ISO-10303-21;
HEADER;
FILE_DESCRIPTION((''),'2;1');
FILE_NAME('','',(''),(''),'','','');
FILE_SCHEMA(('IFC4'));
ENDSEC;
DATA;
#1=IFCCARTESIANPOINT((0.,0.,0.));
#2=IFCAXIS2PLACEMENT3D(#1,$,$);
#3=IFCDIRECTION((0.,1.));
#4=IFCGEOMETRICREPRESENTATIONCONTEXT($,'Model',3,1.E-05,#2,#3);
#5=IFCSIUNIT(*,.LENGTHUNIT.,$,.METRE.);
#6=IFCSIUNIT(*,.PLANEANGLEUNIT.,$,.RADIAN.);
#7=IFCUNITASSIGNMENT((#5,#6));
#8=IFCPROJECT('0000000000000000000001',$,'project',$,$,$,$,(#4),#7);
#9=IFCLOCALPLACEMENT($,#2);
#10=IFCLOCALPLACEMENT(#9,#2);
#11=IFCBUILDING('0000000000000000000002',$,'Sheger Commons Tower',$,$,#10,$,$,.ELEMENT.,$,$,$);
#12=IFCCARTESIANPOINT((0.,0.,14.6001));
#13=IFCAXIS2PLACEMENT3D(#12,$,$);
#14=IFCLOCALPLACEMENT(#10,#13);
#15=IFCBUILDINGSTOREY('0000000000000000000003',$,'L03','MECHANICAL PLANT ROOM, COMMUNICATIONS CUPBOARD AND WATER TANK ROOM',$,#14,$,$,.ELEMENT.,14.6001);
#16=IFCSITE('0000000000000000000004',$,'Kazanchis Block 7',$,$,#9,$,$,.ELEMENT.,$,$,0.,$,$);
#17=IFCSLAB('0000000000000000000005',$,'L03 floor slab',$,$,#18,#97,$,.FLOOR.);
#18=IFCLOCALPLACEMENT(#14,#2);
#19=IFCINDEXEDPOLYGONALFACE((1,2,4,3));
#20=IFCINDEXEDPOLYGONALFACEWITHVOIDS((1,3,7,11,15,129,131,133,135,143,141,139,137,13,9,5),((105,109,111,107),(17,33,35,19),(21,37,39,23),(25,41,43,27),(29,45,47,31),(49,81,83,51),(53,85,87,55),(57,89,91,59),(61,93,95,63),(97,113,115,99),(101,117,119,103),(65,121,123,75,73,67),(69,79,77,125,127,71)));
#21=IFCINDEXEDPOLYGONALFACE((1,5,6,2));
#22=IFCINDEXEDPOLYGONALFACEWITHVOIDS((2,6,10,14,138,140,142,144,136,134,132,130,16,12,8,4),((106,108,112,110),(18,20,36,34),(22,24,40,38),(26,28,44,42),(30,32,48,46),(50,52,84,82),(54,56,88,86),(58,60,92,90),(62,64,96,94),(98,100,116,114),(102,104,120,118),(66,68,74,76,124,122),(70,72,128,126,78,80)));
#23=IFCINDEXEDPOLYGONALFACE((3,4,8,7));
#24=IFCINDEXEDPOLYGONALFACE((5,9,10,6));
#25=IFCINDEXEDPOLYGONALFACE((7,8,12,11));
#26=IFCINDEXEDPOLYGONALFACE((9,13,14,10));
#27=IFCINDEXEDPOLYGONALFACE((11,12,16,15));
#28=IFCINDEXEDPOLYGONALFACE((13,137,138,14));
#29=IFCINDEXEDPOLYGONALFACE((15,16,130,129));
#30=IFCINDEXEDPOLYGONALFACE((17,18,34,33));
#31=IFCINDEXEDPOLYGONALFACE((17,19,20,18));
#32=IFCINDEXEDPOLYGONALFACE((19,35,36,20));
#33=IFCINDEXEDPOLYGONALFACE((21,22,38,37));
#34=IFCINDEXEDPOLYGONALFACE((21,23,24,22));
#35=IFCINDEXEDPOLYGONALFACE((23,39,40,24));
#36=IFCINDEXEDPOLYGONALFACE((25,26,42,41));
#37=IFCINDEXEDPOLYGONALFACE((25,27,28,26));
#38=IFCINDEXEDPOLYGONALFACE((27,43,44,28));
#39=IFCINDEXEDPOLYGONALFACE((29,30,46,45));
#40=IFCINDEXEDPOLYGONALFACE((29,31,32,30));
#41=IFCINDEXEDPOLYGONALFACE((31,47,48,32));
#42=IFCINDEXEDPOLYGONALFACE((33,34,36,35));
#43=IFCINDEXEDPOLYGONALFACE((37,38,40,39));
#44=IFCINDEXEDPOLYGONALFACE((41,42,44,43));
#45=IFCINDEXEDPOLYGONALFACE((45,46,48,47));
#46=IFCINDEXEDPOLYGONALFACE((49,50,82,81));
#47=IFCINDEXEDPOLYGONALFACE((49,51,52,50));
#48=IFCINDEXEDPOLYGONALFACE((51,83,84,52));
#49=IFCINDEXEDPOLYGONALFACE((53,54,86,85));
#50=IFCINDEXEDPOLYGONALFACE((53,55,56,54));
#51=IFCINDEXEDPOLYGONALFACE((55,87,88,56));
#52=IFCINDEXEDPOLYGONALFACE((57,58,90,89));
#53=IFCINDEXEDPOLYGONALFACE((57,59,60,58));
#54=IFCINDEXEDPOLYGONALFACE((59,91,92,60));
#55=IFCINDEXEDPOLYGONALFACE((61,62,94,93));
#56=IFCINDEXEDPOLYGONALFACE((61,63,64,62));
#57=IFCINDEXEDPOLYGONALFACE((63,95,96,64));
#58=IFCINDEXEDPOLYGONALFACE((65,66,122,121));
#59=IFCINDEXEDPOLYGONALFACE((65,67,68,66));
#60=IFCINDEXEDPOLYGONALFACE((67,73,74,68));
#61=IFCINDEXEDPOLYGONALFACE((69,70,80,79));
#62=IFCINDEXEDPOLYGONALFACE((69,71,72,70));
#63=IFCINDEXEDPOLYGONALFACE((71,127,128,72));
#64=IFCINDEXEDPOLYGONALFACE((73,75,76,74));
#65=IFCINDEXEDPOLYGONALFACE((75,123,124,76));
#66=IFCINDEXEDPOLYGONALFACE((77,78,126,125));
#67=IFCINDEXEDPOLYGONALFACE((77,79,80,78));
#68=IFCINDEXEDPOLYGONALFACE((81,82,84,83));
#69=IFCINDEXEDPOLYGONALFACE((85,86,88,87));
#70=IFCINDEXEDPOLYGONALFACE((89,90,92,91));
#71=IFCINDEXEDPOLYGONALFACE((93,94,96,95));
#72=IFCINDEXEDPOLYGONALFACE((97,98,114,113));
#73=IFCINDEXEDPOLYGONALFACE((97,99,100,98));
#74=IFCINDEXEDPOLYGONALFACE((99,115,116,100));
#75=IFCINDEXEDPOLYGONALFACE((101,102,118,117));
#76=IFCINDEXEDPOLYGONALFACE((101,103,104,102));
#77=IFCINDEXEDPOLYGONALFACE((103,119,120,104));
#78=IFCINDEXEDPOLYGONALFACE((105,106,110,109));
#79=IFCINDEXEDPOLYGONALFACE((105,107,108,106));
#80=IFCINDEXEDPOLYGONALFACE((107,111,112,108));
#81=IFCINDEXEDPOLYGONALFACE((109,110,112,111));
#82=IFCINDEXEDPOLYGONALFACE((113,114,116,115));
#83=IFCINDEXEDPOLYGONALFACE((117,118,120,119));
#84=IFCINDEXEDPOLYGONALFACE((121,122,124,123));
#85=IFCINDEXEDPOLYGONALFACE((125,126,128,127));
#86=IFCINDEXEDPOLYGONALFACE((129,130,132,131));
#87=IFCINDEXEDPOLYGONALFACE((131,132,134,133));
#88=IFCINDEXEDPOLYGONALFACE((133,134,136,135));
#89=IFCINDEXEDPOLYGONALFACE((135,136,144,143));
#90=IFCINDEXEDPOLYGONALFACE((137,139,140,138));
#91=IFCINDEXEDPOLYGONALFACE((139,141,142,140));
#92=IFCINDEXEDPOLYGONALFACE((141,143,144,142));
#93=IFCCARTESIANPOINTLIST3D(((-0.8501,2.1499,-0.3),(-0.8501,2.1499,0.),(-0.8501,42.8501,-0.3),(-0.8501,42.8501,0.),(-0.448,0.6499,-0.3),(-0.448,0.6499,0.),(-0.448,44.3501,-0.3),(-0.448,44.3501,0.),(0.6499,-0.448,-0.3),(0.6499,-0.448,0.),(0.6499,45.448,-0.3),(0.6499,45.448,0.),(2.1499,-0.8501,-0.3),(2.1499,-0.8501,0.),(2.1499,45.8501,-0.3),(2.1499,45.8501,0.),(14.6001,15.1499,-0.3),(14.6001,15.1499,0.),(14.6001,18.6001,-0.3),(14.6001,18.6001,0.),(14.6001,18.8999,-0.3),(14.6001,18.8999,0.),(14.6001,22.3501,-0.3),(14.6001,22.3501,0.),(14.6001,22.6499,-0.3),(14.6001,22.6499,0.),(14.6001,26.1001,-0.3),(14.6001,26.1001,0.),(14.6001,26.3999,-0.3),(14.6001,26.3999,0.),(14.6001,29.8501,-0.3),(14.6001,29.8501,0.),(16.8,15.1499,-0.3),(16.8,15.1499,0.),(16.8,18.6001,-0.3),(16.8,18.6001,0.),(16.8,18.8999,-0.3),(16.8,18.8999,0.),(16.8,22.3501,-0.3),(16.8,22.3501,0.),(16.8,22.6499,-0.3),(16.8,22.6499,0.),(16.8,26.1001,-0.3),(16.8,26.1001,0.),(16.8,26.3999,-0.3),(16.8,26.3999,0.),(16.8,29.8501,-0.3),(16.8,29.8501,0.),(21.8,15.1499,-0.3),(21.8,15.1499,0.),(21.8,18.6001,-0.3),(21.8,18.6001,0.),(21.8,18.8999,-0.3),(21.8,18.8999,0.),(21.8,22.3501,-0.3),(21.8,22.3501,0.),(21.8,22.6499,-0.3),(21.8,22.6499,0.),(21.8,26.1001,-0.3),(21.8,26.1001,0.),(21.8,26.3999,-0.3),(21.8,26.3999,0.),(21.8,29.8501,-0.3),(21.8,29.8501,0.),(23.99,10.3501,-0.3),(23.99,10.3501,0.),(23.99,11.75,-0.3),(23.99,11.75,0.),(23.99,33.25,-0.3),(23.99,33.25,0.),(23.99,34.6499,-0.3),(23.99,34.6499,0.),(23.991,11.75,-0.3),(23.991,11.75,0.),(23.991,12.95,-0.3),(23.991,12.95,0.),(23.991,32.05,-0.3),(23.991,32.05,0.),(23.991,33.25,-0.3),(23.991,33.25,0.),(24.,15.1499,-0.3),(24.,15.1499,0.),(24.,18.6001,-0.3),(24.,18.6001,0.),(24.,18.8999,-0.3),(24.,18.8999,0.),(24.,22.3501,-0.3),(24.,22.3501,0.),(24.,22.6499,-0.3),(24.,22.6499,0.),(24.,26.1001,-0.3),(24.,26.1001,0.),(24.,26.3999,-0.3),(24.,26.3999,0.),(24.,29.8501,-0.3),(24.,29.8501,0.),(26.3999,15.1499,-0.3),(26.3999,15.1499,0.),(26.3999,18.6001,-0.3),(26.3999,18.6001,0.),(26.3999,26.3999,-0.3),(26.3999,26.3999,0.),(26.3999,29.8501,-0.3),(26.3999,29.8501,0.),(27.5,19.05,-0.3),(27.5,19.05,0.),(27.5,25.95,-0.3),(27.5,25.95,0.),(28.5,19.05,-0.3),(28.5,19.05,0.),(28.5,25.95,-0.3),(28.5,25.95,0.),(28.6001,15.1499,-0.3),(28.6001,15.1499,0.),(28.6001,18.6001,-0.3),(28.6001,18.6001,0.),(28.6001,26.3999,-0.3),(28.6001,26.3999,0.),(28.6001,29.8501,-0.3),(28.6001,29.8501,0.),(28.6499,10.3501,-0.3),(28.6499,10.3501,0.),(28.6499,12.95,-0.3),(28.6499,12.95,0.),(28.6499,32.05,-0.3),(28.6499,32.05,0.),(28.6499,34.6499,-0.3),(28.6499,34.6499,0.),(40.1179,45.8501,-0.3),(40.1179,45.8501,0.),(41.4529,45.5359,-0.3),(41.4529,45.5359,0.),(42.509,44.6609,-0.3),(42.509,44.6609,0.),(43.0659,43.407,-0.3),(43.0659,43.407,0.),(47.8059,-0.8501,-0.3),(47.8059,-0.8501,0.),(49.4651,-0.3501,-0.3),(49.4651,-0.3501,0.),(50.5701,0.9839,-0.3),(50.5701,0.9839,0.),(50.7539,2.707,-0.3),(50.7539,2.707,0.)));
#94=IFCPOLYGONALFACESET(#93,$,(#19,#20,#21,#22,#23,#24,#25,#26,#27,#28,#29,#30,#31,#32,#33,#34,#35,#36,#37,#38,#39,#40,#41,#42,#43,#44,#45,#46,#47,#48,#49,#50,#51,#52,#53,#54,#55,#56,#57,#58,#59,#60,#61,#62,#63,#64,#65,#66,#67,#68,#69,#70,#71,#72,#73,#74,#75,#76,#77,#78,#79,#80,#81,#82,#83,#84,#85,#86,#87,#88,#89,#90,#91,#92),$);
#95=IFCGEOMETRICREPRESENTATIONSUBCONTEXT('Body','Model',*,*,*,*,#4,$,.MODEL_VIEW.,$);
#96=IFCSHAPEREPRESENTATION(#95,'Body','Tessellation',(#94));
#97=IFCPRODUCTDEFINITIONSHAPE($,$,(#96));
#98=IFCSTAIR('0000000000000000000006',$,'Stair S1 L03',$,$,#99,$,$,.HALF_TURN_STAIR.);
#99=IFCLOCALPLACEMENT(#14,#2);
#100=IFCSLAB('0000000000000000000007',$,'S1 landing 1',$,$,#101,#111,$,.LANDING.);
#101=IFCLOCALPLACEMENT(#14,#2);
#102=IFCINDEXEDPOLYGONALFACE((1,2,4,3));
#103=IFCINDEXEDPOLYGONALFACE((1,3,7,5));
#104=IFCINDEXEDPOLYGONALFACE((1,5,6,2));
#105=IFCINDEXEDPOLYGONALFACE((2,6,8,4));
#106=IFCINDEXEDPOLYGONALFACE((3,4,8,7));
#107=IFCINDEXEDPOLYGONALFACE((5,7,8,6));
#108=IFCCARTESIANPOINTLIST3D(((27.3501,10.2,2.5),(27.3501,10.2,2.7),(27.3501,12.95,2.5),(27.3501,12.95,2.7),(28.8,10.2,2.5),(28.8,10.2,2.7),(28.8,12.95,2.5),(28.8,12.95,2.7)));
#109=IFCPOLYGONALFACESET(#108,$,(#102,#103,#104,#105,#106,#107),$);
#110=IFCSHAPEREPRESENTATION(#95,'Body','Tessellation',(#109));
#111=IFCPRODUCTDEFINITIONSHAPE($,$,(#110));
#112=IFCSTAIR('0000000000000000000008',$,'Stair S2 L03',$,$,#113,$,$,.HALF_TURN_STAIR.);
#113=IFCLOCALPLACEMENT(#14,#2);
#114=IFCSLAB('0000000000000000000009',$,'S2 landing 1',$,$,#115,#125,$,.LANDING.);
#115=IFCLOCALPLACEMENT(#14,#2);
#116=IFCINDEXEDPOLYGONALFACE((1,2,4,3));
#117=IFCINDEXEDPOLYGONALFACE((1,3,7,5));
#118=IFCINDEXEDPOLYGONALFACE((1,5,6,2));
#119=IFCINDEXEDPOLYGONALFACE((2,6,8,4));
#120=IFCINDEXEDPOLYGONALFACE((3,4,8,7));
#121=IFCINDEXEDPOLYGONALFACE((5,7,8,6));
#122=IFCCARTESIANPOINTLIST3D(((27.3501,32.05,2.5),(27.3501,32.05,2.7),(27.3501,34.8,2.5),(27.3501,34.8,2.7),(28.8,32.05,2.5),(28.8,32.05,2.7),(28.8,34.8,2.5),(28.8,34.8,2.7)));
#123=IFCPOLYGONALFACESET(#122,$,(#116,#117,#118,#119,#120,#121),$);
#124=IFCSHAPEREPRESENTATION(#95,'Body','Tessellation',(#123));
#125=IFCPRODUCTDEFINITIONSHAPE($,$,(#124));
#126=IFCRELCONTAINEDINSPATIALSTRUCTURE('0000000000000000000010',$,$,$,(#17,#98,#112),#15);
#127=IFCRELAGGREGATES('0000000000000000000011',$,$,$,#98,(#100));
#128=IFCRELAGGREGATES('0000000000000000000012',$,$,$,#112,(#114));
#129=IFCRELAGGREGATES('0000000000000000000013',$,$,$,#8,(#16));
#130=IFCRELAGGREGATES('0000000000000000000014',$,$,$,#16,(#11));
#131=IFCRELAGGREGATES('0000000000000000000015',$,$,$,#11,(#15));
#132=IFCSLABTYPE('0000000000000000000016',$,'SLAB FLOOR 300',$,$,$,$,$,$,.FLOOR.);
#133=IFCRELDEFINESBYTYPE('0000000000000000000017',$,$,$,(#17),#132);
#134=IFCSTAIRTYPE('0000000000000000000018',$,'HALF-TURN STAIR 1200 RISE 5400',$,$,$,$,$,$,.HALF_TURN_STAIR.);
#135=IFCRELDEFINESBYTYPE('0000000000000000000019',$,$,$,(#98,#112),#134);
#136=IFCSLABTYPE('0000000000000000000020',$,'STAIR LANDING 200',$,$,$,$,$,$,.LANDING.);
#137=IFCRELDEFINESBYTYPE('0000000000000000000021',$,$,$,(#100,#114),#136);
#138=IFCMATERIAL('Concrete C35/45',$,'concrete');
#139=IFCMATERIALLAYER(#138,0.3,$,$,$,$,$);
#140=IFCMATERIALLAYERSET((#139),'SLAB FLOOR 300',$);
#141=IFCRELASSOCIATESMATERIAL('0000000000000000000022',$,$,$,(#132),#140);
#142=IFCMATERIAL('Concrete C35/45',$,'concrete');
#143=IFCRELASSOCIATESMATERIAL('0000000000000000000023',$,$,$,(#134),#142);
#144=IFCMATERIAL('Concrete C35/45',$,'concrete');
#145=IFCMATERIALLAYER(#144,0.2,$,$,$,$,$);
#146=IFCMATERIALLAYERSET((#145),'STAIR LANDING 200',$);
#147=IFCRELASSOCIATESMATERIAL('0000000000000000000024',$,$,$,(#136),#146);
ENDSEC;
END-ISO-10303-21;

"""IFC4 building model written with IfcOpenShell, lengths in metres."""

from ifc_helpers import new_model, si_unit, direction, frame, origin, place, context, subcontext, project, spatial, polyline, outline, extrude, material, layer, layer_set, type_object, element, aggregate, save


model = new_model("IFC4")

# Units and contexts
model_context = context("Model", 3, precision=1e-05, world=origin(), true_north=direction((0.0, 1.0)))
body_context = subcontext(model_context, "Body", "Model", "MODEL_VIEW")
ifc_project = project(units=[si_unit("LENGTHUNIT", "METRE"), si_unit("PLANEANGLEUNIT", "RADIAN")], contexts=[model_context])

# Site, building, storey
site_placement = place(None, origin())
site = spatial("IfcSite", under=ifc_project, at=site_placement, Name="Kazanchis Block 7", CompositionType="ELEMENT", RefElevation=0.0)
building_placement = place(site_placement, origin())
building = spatial("IfcBuilding", under=site, at=building_placement, Name="Sheger Commons Tower", CompositionType="ELEMENT")
storey_placement = place(building_placement, frame((0.0, 0.0, 14.6001)))
storey = spatial("IfcBuildingStorey", under=building, at=storey_placement, Name="L03", Description="MECHANICAL PLANT ROOM, COMMUNICATIONS CUPBOARD AND WATER TANK ROOM", CompositionType="ELEMENT", Elevation=14.6001)

# Slab
ifc_material_1 = material(Name="Concrete C35/45", Category="concrete")
ifc_layer_1 = layer(ifc_material_1, 0.3)
ifc_layer_set_1 = layer_set([ifc_layer_1], Name="SLAB FLOOR 300")
slab_type_1 = type_object("IfcSlabType", Name="SLAB FLOOR 300", PredefinedType="FLOOR", material=ifc_layer_set_1)
slab_1_placement = place(storey_placement, frame((0.0, 0.0, -0.3)))
element("IfcSlab", 1, at=slab_1_placement, inside=storey, type_object=slab_type_1, Name="L03 floor slab", PredefinedType="FLOOR", context=body_context, shape_type="SweptSolid", body=[
    extrude(outline(polyline([(-0.8501, 2.1499), (-0.448, 0.6499), (0.6499, -0.448), (2.1499, -0.8501), (47.8059, -0.8501), (49.4651, -0.3501), (50.5701, 0.9839), (50.7539, 2.707), (43.0659, 43.407), (42.509, 44.6609), (41.4529, 45.5359), (40.1179, 45.8501), (2.1499, 45.8501), (0.6499, 45.448), (-0.448, 44.3501), (-0.8501, 42.8501), (-0.8501, 2.1499)]), holes=[polyline([(23.99, 10.3501), (28.6499, 10.3501), (28.6499, 12.95), (23.991, 12.95), (23.991, 11.75), (23.99, 11.75), (23.99, 10.3501)]), polyline([(23.991, 32.05), (28.6499, 32.05), (28.6499, 34.6499), (23.99, 34.6499), (23.99, 33.25), (23.991, 33.25), (23.991, 32.05)]), polyline([(26.3999, 15.1499), (28.6001, 15.1499), (28.6001, 18.6001), (26.3999, 18.6001), (26.3999, 15.1499)]), polyline([(26.3999, 26.3999), (28.6001, 26.3999), (28.6001, 29.8501), (26.3999, 29.8501), (26.3999, 26.3999)]), polyline([(14.6001, 15.1499), (16.8, 15.1499), (16.8, 18.6001), (14.6001, 18.6001), (14.6001, 15.1499)]), polyline([(14.6001, 18.8999), (16.8, 18.8999), (16.8, 22.3501), (14.6001, 22.3501), (14.6001, 18.8999)]), polyline([(14.6001, 22.6499), (16.8, 22.6499), (16.8, 26.1001), (14.6001, 26.1001), (14.6001, 22.6499)]), polyline([(14.6001, 26.3999), (16.8, 26.3999), (16.8, 29.8501), (14.6001, 29.8501), (14.6001, 26.3999)]), polyline([(21.8, 15.1499), (24.0, 15.1499), (24.0, 18.6001), (21.8, 18.6001), (21.8, 15.1499)]), polyline([(21.8, 18.8999), (24.0, 18.8999), (24.0, 22.3501), (21.8, 22.3501), (21.8, 18.8999)]), polyline([(21.8, 22.6499), (24.0, 22.6499), (24.0, 26.1001), (21.8, 26.1001), (21.8, 22.6499)]), polyline([(21.8, 26.3999), (24.0, 26.3999), (24.0, 29.8501), (21.8, 29.8501), (21.8, 26.3999)]), polyline([(27.5, 19.05), (28.5, 19.05), (28.5, 25.95), (27.5, 25.95), (27.5, 19.05)])]), origin(), (0.0, 0.0, 1.0), 0.3),
])

# Stairs, slabs
ifc_material_2 = material(Name="Concrete C35/45", Category="concrete")
stair_type = type_object("IfcStairType", Name="HALF-TURN STAIR 1200 RISE 5400", PredefinedType="HALF_TURN_STAIR", material=ifc_material_2)
stair_1_placement = place(storey_placement, origin())
stair_1 = element("IfcStair", 2, at=stair_1_placement, inside=storey, type_object=stair_type, Name="Stair S1 L03", PredefinedType="HALF_TURN_STAIR")
ifc_material_3 = material(Name="Concrete C35/45", Category="concrete")
ifc_layer_2 = layer(ifc_material_3, 0.2)
ifc_layer_set_2 = layer_set([ifc_layer_2], Name="STAIR LANDING 200")
slab_type_2 = type_object("IfcSlabType", Name="STAIR LANDING 200", PredefinedType="LANDING", material=ifc_layer_set_2)
slab_2_placement = place(storey_placement, frame((0.0, 0.0, 2.5)))
slab_2 = element("IfcSlab", 3, at=slab_2_placement, type_object=slab_type_2, Name="S1 landing 1", PredefinedType="LANDING", context=body_context, shape_type="SweptSolid", body=[
    extrude(outline(polyline([(27.3501, 10.2), (28.8, 10.2), (28.8, 12.95), (27.3501, 12.95), (27.3501, 10.2)])), origin(), (0.0, 0.0, 1.0), 0.2),
])
aggregate(stair_1, [slab_2])
stair_2_placement = place(storey_placement, origin())
stair_2 = element("IfcStair", 4, at=stair_2_placement, inside=storey, type_object=stair_type, Name="Stair S2 L03", PredefinedType="HALF_TURN_STAIR")
slab_3_placement = place(storey_placement, frame((0.0, 0.0, 2.5)))
slab_3 = element("IfcSlab", 5, at=slab_3_placement, type_object=slab_type_2, Name="S2 landing 1", PredefinedType="LANDING", context=body_context, shape_type="SweptSolid", body=[
    extrude(outline(polyline([(27.3501, 32.05), (28.8, 32.05), (28.8, 34.8), (27.3501, 34.8), (27.3501, 32.05)])), origin(), (0.0, 0.0, 1.0), 0.2),
])
aggregate(stair_2, [slab_3])

save(model, "model.ifc")
